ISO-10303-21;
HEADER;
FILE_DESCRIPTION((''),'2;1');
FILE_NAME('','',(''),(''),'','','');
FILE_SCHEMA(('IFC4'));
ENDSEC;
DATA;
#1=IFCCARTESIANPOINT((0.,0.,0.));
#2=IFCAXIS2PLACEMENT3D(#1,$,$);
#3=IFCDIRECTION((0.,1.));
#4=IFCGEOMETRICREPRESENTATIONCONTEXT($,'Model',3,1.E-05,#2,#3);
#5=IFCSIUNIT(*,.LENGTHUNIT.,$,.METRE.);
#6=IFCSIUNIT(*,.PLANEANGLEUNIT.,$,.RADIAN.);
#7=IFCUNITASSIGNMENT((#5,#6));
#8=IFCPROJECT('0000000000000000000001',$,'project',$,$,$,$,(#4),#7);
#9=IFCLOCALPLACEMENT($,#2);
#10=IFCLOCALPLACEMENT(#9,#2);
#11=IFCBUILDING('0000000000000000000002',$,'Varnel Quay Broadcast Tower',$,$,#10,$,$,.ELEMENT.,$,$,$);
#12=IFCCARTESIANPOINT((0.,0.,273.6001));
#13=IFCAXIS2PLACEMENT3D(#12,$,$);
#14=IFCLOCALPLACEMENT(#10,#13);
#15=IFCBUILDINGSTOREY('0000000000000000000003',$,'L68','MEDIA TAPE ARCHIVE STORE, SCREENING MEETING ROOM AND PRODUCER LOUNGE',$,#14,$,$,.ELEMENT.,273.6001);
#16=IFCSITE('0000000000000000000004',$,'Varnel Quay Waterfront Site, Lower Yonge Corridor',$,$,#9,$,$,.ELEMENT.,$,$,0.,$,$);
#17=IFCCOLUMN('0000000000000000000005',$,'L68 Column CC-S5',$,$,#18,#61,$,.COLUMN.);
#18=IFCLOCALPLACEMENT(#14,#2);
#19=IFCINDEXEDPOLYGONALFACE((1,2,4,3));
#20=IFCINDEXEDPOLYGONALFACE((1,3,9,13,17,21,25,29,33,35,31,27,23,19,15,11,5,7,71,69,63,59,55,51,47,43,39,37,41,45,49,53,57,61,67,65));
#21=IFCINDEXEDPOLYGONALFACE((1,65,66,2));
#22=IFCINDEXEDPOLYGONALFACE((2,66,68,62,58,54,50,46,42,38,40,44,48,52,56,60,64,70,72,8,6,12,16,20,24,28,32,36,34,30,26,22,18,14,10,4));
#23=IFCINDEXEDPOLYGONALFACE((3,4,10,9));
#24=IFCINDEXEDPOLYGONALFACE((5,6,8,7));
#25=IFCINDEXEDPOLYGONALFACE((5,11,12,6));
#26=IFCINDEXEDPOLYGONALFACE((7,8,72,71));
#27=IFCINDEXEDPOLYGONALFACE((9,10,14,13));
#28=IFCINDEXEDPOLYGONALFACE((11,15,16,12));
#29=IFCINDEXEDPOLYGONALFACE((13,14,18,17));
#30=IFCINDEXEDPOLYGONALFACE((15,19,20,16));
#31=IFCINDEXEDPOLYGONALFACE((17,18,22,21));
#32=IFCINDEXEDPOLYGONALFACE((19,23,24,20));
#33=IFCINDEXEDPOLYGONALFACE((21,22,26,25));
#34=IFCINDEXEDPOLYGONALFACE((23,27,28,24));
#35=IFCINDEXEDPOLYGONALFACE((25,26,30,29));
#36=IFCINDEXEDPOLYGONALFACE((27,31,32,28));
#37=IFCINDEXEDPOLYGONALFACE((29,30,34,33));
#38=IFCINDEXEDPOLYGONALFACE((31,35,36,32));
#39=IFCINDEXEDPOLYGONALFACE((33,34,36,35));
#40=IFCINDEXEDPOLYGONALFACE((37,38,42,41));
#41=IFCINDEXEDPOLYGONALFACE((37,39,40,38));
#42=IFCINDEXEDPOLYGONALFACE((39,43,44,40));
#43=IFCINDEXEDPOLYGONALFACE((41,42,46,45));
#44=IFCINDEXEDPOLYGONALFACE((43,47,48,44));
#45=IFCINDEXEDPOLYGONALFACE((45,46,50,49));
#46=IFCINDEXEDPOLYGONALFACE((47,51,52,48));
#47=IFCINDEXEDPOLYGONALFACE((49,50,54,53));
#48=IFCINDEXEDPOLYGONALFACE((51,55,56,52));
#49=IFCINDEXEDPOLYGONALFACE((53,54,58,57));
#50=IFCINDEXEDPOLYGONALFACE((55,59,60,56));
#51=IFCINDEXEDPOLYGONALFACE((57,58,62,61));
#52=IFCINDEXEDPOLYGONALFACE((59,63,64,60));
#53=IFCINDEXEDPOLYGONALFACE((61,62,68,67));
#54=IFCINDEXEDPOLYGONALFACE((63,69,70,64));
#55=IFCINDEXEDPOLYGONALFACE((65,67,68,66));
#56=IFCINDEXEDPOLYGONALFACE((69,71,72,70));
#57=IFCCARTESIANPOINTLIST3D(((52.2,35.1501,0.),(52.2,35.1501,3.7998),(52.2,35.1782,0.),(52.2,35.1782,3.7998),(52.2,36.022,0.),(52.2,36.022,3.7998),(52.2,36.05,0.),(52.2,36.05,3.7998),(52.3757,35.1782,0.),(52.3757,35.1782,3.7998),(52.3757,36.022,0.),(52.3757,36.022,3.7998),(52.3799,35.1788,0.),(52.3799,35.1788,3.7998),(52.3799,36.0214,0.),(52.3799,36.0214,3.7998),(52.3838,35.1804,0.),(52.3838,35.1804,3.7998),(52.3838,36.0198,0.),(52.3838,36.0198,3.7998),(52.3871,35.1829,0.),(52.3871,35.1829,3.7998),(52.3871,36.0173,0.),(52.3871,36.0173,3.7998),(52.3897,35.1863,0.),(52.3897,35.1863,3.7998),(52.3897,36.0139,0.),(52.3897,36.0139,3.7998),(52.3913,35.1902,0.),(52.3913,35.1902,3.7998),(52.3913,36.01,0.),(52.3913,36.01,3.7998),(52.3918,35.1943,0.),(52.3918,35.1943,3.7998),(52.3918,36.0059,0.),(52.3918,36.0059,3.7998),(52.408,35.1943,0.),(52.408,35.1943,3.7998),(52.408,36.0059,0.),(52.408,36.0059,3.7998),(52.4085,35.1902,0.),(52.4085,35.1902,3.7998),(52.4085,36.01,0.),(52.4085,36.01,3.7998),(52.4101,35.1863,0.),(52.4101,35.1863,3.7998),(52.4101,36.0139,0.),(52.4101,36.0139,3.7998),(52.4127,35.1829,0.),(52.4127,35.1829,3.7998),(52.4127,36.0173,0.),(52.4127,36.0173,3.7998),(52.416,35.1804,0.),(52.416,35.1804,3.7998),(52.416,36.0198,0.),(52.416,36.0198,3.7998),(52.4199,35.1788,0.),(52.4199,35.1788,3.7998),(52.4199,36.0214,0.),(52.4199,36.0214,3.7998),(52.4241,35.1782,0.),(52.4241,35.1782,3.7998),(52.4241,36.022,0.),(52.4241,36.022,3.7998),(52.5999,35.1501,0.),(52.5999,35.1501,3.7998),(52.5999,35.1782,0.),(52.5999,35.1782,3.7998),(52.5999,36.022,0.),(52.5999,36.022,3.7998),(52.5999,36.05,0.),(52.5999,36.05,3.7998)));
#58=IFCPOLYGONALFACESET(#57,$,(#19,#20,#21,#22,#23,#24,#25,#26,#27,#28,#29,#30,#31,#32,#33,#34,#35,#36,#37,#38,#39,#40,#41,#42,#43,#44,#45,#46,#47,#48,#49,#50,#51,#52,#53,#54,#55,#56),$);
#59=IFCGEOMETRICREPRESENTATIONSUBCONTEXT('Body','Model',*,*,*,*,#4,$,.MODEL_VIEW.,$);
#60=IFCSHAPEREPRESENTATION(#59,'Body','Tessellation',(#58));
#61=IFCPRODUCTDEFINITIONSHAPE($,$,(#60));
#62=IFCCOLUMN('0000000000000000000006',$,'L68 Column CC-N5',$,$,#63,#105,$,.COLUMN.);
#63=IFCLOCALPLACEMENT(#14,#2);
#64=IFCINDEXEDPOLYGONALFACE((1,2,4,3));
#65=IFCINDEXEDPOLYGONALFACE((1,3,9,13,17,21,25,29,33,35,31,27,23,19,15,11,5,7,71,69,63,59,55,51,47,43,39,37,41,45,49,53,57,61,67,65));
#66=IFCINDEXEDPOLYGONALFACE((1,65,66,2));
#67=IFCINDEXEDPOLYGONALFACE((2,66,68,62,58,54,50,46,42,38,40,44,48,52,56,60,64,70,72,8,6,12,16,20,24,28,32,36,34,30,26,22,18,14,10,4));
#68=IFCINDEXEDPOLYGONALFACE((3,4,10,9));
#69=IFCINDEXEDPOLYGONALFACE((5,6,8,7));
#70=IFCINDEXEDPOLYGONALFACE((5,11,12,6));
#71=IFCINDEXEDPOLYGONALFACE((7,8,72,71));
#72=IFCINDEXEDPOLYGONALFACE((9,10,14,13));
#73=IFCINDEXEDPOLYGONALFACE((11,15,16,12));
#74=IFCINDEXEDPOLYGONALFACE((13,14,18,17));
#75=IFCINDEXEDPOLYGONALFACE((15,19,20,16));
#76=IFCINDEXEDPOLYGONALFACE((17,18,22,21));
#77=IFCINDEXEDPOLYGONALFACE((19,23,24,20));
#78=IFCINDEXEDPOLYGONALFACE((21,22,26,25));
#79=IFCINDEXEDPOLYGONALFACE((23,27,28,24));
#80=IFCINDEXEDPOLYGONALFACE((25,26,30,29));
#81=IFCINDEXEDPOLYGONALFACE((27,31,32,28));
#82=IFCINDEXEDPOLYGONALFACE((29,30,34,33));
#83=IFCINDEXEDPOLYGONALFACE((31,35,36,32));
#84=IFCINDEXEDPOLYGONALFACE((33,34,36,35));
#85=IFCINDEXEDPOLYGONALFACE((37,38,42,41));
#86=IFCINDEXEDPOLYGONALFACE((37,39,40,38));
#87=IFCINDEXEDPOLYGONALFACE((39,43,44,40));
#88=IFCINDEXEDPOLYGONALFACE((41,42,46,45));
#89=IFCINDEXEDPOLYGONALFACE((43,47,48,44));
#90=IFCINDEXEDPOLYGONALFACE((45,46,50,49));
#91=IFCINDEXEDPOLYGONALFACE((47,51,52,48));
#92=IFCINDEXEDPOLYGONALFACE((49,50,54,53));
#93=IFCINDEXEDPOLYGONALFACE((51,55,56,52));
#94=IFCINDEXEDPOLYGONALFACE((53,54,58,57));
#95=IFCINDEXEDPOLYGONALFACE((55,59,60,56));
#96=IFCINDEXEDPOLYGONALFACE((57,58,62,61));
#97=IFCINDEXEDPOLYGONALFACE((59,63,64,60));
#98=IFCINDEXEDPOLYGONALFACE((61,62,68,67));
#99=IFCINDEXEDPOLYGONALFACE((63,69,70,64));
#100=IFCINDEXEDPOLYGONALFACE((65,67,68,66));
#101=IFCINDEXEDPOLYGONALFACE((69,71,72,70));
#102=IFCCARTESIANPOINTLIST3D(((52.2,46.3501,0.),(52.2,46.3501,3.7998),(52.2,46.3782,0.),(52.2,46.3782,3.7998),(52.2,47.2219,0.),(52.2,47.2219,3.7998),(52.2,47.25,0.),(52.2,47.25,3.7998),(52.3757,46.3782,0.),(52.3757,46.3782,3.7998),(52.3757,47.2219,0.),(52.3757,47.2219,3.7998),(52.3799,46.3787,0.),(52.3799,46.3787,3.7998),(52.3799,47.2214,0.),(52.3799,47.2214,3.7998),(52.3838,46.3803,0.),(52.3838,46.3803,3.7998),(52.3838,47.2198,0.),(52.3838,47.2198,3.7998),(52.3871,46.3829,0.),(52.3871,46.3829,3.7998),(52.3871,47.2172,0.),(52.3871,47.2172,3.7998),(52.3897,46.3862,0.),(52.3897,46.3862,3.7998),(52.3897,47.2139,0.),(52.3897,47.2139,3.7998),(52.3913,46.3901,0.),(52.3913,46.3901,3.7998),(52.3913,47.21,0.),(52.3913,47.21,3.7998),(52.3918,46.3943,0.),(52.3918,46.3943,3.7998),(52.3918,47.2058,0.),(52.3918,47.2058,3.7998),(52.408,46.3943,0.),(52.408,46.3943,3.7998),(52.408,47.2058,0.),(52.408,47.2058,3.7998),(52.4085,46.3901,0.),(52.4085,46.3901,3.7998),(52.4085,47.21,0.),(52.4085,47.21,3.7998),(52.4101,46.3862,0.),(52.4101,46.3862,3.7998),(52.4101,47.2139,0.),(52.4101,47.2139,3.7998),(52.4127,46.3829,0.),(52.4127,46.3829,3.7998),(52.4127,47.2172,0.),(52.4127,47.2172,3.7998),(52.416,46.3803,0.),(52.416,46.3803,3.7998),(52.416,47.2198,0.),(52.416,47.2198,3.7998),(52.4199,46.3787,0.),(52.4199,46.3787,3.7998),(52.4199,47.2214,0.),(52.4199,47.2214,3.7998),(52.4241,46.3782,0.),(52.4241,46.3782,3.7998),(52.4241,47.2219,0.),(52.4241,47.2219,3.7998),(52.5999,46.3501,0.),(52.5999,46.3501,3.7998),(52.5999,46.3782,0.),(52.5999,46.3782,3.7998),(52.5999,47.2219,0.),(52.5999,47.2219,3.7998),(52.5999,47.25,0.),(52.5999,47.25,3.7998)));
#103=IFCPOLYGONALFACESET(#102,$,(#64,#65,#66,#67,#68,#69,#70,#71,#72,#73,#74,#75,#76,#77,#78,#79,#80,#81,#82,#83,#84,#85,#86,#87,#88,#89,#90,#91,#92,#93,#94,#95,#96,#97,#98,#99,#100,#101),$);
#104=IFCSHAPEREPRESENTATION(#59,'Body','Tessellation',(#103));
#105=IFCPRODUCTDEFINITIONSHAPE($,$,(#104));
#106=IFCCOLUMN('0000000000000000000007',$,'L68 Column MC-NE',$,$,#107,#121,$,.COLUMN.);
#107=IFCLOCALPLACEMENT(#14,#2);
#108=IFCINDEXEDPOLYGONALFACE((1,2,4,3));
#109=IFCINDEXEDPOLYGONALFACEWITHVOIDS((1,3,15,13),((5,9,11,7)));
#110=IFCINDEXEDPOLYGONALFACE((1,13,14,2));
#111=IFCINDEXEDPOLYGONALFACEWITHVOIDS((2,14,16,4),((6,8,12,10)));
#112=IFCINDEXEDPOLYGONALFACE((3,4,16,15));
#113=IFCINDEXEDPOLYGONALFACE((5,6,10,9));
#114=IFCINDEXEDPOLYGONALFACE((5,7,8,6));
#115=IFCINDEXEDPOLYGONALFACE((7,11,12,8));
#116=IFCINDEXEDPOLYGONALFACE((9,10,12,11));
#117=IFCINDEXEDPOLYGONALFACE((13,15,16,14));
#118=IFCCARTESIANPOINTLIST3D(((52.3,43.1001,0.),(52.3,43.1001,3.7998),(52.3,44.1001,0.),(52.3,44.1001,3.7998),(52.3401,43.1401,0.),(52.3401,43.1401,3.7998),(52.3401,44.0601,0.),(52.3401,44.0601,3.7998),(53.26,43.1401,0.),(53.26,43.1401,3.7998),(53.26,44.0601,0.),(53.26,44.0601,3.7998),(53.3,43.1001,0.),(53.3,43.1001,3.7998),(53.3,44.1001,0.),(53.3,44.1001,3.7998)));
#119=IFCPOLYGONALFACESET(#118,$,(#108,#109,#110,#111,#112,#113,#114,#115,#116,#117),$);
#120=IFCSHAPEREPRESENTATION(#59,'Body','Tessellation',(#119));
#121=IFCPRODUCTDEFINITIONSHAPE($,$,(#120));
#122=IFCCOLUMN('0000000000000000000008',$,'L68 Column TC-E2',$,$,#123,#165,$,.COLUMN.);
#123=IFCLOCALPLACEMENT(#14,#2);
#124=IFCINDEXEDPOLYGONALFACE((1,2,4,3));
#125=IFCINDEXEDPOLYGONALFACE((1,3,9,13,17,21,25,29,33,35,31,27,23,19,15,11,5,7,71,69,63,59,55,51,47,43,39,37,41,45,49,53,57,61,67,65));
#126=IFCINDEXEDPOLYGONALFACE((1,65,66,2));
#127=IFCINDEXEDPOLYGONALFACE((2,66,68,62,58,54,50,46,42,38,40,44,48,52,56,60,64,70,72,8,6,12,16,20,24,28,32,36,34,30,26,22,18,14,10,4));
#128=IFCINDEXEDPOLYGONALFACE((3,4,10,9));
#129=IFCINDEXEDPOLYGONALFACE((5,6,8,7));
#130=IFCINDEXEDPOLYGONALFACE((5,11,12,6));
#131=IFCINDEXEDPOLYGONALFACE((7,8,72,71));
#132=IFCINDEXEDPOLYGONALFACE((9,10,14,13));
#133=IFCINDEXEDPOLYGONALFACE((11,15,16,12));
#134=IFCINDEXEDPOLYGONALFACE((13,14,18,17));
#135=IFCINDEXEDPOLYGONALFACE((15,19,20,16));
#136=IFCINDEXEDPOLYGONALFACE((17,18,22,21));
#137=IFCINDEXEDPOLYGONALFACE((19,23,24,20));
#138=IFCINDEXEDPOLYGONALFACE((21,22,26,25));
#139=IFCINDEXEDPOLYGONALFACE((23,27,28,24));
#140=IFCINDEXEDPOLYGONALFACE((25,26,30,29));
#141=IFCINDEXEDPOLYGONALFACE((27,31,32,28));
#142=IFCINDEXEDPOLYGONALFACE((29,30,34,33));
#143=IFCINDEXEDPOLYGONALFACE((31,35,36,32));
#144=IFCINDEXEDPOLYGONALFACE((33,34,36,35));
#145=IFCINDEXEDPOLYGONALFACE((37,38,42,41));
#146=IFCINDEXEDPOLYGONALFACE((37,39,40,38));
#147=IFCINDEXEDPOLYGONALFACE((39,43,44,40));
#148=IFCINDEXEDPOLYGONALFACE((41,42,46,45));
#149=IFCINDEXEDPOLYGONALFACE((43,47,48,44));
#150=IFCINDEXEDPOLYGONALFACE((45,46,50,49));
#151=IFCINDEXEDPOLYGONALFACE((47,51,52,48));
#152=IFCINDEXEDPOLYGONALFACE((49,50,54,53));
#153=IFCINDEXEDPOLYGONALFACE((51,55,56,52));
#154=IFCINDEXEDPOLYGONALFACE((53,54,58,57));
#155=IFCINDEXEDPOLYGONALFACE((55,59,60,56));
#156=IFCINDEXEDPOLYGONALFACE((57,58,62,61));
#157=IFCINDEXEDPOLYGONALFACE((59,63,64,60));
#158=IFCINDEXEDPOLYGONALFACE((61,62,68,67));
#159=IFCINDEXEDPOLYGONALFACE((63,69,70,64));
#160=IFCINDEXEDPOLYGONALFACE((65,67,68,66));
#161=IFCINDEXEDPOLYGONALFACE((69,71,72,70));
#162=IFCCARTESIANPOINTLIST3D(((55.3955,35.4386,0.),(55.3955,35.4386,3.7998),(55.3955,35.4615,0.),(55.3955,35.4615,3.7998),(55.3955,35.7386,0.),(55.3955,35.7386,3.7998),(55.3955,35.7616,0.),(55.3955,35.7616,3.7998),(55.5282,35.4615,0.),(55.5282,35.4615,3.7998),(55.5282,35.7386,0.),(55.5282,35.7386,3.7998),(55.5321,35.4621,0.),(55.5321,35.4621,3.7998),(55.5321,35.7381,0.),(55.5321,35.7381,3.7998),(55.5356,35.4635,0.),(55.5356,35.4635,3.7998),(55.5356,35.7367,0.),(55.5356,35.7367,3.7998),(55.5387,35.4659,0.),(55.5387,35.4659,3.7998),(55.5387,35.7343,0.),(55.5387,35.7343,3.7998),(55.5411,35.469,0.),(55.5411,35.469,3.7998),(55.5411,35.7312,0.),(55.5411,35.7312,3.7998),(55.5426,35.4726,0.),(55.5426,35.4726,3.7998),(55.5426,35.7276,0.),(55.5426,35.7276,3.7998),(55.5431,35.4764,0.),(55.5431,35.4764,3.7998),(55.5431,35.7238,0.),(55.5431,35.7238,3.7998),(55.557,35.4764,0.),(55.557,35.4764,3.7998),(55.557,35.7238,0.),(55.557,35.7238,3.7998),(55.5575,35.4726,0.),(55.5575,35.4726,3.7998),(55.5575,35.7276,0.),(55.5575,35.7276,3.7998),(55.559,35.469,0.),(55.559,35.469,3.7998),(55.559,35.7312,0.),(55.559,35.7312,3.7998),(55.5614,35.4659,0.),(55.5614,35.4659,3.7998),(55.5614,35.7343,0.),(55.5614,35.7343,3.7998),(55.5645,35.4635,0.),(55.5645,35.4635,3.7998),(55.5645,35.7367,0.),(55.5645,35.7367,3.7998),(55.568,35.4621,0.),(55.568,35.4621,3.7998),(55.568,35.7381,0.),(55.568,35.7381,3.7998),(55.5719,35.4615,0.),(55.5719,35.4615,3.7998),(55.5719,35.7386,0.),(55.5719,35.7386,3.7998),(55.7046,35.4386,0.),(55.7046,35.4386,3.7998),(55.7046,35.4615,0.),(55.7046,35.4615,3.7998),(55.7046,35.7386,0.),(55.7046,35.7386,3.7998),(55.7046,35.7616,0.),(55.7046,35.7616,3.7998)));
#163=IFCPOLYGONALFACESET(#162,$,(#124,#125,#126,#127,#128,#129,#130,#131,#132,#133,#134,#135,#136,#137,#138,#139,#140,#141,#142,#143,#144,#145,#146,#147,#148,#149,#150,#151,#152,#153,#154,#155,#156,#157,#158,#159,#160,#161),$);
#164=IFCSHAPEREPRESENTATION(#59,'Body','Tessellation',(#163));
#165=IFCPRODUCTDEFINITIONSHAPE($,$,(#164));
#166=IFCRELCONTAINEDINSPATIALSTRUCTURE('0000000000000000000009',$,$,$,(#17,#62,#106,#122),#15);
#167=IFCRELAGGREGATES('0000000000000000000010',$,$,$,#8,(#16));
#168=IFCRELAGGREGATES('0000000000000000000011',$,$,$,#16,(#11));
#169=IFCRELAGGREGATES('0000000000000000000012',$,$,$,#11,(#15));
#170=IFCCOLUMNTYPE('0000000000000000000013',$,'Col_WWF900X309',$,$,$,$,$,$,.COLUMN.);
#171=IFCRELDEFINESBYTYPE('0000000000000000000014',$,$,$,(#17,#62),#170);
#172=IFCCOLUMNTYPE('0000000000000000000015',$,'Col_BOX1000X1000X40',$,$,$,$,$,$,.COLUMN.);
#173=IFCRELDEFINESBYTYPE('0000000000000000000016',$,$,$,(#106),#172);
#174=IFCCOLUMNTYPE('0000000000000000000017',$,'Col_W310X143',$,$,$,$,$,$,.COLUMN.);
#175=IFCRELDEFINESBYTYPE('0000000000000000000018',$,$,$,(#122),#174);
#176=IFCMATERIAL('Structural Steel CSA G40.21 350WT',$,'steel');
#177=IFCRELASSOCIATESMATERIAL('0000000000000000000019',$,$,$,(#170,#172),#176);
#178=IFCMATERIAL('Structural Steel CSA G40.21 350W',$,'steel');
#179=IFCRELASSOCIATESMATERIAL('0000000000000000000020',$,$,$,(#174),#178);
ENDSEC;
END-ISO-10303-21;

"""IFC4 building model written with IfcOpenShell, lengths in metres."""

from ifc_helpers import new_model, si_unit, direction, frame, origin, origin_2d, place, context, subcontext, project, spatial, hollow_rectangle, i_section, extrude, source, transform, mapped, material, material_profile, profile_set, type_object, type_shapes, element, save


model = new_model("IFC4")

# Units and contexts
model_context = context("Model", 3, precision=1e-05, world=origin(), true_north=direction((0.0, 1.0)))
body_context = subcontext(model_context, "Body", "Model", "MODEL_VIEW")
ifc_project = project(units=[si_unit("LENGTHUNIT", "METRE"), si_unit("PLANEANGLEUNIT", "RADIAN")], contexts=[model_context])

# Site, building, storey
site_placement = place(None, origin())
site = spatial("IfcSite", under=ifc_project, at=site_placement, Name="Varnel Quay Waterfront Site, Lower Yonge Corridor", CompositionType="ELEMENT", RefElevation=0.0)
building_placement = place(site_placement, origin())
building = spatial("IfcBuilding", under=site, at=building_placement, Name="Varnel Quay Broadcast Tower", CompositionType="ELEMENT")
storey_placement = place(building_placement, frame((0.0, 0.0, 273.6001)))
storey = spatial("IfcBuildingStorey", under=building, at=storey_placement, Name="L68", Description="MEDIA TAPE ARCHIVE STORE, SCREENING MEETING ROOM AND PRODUCER LOUNGE", CompositionType="ELEMENT", Elevation=273.6001)

# Columns
ifc_material_1 = material(Name="Structural Steel CSA G40.21 350WT", Category="steel")
ifc_material_profile_1 = material_profile(ifc_material_1, i_section(OverallWidth=0.3999, OverallDepth=0.8999, WebThickness=0.0161, FlangeThickness=0.0281, FilletRadius=0.0161, at=origin_2d()), Name="WWF900X309")
ifc_profile_set_1 = profile_set([ifc_material_profile_1], Name="Structural Steel CSA G40.21 350WT")
column_type_1 = type_object("IfcColumnType", Name="Col_WWF900X309", PredefinedType="COLUMN", material=ifc_profile_set_1)
shared_shape_1 = source(origin(), body_context, "Body", "SweptSolid", [
    extrude(i_section(OverallWidth=0.3999, OverallDepth=0.8999, WebThickness=0.0161, FlangeThickness=0.0281, FilletRadius=0.0161, at=origin_2d()), origin(), (0.0, 0.0, 1.0), 3.7998),
])
type_shapes(column_type_1, [shared_shape_1])
for number, where, z_axis, x_axis, name in (
    (1, (52.3999, 35.6001, 0.0), (0.0, 0.0, 1.0), (1.0, 0.0, 0.0), "L68 Column CC-S5"),
    (2, (52.3999, 46.8, 0.0), (0.0, 0.0, 1.0), (1.0, 0.0, 0.0), "L68 Column CC-N5"),
):
    element("IfcColumn", number, at=place(storey_placement, frame(where, z_axis=z_axis, x_axis=x_axis)), inside=storey, type_object=column_type_1, Name=name, PredefinedType="COLUMN", context=body_context, shape_type="MappedRepresentation", body=[
        mapped(shared_shape_1, transform((0.0, 0.0, 0.0), x_axis=(1.0, 0.0, 0.0), y_axis=(0.0, 1.0, 0.0), z_axis=(0.0, 0.0, 1.0), scale=1.0)),
    ])
ifc_material_profile_2 = material_profile(ifc_material_1, hollow_rectangle(XDim=1.0, YDim=1.0, WallThickness=0.04, at=origin_2d()), Name="BOX1000X1000X40")
ifc_profile_set_2 = profile_set([ifc_material_profile_2], Name="Structural Steel CSA G40.21 350WT")
column_type_2 = type_object("IfcColumnType", Name="Col_BOX1000X1000X40", PredefinedType="COLUMN", material=ifc_profile_set_2)
shared_shape_2 = source(origin(), body_context, "Body", "SweptSolid", [
    extrude(hollow_rectangle(XDim=1.0, YDim=1.0, WallThickness=0.04, at=origin_2d()), origin(), (0.0, 0.0, 1.0), 3.7998),
])
type_shapes(column_type_2, [shared_shape_2])
column_1_placement = place(storey_placement, frame((52.8, 43.6001, 0.0), z_axis=(0.0, 0.0, 1.0), x_axis=(1.0, 0.0, 0.0)))
element("IfcColumn", 3, at=column_1_placement, inside=storey, type_object=column_type_2, Name="L68 Column MC-NE", PredefinedType="COLUMN", context=body_context, shape_type="MappedRepresentation", body=[
    mapped(shared_shape_2, transform((0.0, 0.0, 0.0), x_axis=(1.0, 0.0, 0.0), y_axis=(0.0, 1.0, 0.0), z_axis=(0.0, 0.0, 1.0), scale=1.0)),
])
ifc_material_2 = material(Name="Structural Steel CSA G40.21 350W", Category="steel")
ifc_material_profile_3 = material_profile(ifc_material_2, i_section(OverallWidth=0.3091, OverallDepth=0.323, WebThickness=0.0139, FlangeThickness=0.0229, FilletRadius=0.0149, at=origin_2d()), Name="W310X143")
ifc_profile_set_3 = profile_set([ifc_material_profile_3], Name="Structural Steel CSA G40.21 350W")
column_type_3 = type_object("IfcColumnType", Name="Col_W310X143", PredefinedType="COLUMN", material=ifc_profile_set_3)
shared_shape_3 = source(origin(), body_context, "Body", "SweptSolid", [
    extrude(i_section(OverallWidth=0.3091, OverallDepth=0.323, WebThickness=0.0139, FlangeThickness=0.0229, FilletRadius=0.0149, at=origin_2d()), origin(), (0.0, 0.0, 1.0), 3.7998),
])
type_shapes(column_type_3, [shared_shape_3])
column_2_placement = place(storey_placement, frame((55.55, 35.6001, 0.0), z_axis=(0.0, 0.0, 1.0), x_axis=(1.0, 0.0, 0.0)))
element("IfcColumn", 4, at=column_2_placement, inside=storey, type_object=column_type_3, Name="L68 Column TC-E2", PredefinedType="COLUMN", context=body_context, shape_type="MappedRepresentation", body=[
    mapped(shared_shape_3, transform((0.0, 0.0, 0.0), x_axis=(1.0, 0.0, 0.0), y_axis=(0.0, 1.0, 0.0), z_axis=(0.0, 0.0, 1.0), scale=1.0)),
])

save(model, "model.ifc")
